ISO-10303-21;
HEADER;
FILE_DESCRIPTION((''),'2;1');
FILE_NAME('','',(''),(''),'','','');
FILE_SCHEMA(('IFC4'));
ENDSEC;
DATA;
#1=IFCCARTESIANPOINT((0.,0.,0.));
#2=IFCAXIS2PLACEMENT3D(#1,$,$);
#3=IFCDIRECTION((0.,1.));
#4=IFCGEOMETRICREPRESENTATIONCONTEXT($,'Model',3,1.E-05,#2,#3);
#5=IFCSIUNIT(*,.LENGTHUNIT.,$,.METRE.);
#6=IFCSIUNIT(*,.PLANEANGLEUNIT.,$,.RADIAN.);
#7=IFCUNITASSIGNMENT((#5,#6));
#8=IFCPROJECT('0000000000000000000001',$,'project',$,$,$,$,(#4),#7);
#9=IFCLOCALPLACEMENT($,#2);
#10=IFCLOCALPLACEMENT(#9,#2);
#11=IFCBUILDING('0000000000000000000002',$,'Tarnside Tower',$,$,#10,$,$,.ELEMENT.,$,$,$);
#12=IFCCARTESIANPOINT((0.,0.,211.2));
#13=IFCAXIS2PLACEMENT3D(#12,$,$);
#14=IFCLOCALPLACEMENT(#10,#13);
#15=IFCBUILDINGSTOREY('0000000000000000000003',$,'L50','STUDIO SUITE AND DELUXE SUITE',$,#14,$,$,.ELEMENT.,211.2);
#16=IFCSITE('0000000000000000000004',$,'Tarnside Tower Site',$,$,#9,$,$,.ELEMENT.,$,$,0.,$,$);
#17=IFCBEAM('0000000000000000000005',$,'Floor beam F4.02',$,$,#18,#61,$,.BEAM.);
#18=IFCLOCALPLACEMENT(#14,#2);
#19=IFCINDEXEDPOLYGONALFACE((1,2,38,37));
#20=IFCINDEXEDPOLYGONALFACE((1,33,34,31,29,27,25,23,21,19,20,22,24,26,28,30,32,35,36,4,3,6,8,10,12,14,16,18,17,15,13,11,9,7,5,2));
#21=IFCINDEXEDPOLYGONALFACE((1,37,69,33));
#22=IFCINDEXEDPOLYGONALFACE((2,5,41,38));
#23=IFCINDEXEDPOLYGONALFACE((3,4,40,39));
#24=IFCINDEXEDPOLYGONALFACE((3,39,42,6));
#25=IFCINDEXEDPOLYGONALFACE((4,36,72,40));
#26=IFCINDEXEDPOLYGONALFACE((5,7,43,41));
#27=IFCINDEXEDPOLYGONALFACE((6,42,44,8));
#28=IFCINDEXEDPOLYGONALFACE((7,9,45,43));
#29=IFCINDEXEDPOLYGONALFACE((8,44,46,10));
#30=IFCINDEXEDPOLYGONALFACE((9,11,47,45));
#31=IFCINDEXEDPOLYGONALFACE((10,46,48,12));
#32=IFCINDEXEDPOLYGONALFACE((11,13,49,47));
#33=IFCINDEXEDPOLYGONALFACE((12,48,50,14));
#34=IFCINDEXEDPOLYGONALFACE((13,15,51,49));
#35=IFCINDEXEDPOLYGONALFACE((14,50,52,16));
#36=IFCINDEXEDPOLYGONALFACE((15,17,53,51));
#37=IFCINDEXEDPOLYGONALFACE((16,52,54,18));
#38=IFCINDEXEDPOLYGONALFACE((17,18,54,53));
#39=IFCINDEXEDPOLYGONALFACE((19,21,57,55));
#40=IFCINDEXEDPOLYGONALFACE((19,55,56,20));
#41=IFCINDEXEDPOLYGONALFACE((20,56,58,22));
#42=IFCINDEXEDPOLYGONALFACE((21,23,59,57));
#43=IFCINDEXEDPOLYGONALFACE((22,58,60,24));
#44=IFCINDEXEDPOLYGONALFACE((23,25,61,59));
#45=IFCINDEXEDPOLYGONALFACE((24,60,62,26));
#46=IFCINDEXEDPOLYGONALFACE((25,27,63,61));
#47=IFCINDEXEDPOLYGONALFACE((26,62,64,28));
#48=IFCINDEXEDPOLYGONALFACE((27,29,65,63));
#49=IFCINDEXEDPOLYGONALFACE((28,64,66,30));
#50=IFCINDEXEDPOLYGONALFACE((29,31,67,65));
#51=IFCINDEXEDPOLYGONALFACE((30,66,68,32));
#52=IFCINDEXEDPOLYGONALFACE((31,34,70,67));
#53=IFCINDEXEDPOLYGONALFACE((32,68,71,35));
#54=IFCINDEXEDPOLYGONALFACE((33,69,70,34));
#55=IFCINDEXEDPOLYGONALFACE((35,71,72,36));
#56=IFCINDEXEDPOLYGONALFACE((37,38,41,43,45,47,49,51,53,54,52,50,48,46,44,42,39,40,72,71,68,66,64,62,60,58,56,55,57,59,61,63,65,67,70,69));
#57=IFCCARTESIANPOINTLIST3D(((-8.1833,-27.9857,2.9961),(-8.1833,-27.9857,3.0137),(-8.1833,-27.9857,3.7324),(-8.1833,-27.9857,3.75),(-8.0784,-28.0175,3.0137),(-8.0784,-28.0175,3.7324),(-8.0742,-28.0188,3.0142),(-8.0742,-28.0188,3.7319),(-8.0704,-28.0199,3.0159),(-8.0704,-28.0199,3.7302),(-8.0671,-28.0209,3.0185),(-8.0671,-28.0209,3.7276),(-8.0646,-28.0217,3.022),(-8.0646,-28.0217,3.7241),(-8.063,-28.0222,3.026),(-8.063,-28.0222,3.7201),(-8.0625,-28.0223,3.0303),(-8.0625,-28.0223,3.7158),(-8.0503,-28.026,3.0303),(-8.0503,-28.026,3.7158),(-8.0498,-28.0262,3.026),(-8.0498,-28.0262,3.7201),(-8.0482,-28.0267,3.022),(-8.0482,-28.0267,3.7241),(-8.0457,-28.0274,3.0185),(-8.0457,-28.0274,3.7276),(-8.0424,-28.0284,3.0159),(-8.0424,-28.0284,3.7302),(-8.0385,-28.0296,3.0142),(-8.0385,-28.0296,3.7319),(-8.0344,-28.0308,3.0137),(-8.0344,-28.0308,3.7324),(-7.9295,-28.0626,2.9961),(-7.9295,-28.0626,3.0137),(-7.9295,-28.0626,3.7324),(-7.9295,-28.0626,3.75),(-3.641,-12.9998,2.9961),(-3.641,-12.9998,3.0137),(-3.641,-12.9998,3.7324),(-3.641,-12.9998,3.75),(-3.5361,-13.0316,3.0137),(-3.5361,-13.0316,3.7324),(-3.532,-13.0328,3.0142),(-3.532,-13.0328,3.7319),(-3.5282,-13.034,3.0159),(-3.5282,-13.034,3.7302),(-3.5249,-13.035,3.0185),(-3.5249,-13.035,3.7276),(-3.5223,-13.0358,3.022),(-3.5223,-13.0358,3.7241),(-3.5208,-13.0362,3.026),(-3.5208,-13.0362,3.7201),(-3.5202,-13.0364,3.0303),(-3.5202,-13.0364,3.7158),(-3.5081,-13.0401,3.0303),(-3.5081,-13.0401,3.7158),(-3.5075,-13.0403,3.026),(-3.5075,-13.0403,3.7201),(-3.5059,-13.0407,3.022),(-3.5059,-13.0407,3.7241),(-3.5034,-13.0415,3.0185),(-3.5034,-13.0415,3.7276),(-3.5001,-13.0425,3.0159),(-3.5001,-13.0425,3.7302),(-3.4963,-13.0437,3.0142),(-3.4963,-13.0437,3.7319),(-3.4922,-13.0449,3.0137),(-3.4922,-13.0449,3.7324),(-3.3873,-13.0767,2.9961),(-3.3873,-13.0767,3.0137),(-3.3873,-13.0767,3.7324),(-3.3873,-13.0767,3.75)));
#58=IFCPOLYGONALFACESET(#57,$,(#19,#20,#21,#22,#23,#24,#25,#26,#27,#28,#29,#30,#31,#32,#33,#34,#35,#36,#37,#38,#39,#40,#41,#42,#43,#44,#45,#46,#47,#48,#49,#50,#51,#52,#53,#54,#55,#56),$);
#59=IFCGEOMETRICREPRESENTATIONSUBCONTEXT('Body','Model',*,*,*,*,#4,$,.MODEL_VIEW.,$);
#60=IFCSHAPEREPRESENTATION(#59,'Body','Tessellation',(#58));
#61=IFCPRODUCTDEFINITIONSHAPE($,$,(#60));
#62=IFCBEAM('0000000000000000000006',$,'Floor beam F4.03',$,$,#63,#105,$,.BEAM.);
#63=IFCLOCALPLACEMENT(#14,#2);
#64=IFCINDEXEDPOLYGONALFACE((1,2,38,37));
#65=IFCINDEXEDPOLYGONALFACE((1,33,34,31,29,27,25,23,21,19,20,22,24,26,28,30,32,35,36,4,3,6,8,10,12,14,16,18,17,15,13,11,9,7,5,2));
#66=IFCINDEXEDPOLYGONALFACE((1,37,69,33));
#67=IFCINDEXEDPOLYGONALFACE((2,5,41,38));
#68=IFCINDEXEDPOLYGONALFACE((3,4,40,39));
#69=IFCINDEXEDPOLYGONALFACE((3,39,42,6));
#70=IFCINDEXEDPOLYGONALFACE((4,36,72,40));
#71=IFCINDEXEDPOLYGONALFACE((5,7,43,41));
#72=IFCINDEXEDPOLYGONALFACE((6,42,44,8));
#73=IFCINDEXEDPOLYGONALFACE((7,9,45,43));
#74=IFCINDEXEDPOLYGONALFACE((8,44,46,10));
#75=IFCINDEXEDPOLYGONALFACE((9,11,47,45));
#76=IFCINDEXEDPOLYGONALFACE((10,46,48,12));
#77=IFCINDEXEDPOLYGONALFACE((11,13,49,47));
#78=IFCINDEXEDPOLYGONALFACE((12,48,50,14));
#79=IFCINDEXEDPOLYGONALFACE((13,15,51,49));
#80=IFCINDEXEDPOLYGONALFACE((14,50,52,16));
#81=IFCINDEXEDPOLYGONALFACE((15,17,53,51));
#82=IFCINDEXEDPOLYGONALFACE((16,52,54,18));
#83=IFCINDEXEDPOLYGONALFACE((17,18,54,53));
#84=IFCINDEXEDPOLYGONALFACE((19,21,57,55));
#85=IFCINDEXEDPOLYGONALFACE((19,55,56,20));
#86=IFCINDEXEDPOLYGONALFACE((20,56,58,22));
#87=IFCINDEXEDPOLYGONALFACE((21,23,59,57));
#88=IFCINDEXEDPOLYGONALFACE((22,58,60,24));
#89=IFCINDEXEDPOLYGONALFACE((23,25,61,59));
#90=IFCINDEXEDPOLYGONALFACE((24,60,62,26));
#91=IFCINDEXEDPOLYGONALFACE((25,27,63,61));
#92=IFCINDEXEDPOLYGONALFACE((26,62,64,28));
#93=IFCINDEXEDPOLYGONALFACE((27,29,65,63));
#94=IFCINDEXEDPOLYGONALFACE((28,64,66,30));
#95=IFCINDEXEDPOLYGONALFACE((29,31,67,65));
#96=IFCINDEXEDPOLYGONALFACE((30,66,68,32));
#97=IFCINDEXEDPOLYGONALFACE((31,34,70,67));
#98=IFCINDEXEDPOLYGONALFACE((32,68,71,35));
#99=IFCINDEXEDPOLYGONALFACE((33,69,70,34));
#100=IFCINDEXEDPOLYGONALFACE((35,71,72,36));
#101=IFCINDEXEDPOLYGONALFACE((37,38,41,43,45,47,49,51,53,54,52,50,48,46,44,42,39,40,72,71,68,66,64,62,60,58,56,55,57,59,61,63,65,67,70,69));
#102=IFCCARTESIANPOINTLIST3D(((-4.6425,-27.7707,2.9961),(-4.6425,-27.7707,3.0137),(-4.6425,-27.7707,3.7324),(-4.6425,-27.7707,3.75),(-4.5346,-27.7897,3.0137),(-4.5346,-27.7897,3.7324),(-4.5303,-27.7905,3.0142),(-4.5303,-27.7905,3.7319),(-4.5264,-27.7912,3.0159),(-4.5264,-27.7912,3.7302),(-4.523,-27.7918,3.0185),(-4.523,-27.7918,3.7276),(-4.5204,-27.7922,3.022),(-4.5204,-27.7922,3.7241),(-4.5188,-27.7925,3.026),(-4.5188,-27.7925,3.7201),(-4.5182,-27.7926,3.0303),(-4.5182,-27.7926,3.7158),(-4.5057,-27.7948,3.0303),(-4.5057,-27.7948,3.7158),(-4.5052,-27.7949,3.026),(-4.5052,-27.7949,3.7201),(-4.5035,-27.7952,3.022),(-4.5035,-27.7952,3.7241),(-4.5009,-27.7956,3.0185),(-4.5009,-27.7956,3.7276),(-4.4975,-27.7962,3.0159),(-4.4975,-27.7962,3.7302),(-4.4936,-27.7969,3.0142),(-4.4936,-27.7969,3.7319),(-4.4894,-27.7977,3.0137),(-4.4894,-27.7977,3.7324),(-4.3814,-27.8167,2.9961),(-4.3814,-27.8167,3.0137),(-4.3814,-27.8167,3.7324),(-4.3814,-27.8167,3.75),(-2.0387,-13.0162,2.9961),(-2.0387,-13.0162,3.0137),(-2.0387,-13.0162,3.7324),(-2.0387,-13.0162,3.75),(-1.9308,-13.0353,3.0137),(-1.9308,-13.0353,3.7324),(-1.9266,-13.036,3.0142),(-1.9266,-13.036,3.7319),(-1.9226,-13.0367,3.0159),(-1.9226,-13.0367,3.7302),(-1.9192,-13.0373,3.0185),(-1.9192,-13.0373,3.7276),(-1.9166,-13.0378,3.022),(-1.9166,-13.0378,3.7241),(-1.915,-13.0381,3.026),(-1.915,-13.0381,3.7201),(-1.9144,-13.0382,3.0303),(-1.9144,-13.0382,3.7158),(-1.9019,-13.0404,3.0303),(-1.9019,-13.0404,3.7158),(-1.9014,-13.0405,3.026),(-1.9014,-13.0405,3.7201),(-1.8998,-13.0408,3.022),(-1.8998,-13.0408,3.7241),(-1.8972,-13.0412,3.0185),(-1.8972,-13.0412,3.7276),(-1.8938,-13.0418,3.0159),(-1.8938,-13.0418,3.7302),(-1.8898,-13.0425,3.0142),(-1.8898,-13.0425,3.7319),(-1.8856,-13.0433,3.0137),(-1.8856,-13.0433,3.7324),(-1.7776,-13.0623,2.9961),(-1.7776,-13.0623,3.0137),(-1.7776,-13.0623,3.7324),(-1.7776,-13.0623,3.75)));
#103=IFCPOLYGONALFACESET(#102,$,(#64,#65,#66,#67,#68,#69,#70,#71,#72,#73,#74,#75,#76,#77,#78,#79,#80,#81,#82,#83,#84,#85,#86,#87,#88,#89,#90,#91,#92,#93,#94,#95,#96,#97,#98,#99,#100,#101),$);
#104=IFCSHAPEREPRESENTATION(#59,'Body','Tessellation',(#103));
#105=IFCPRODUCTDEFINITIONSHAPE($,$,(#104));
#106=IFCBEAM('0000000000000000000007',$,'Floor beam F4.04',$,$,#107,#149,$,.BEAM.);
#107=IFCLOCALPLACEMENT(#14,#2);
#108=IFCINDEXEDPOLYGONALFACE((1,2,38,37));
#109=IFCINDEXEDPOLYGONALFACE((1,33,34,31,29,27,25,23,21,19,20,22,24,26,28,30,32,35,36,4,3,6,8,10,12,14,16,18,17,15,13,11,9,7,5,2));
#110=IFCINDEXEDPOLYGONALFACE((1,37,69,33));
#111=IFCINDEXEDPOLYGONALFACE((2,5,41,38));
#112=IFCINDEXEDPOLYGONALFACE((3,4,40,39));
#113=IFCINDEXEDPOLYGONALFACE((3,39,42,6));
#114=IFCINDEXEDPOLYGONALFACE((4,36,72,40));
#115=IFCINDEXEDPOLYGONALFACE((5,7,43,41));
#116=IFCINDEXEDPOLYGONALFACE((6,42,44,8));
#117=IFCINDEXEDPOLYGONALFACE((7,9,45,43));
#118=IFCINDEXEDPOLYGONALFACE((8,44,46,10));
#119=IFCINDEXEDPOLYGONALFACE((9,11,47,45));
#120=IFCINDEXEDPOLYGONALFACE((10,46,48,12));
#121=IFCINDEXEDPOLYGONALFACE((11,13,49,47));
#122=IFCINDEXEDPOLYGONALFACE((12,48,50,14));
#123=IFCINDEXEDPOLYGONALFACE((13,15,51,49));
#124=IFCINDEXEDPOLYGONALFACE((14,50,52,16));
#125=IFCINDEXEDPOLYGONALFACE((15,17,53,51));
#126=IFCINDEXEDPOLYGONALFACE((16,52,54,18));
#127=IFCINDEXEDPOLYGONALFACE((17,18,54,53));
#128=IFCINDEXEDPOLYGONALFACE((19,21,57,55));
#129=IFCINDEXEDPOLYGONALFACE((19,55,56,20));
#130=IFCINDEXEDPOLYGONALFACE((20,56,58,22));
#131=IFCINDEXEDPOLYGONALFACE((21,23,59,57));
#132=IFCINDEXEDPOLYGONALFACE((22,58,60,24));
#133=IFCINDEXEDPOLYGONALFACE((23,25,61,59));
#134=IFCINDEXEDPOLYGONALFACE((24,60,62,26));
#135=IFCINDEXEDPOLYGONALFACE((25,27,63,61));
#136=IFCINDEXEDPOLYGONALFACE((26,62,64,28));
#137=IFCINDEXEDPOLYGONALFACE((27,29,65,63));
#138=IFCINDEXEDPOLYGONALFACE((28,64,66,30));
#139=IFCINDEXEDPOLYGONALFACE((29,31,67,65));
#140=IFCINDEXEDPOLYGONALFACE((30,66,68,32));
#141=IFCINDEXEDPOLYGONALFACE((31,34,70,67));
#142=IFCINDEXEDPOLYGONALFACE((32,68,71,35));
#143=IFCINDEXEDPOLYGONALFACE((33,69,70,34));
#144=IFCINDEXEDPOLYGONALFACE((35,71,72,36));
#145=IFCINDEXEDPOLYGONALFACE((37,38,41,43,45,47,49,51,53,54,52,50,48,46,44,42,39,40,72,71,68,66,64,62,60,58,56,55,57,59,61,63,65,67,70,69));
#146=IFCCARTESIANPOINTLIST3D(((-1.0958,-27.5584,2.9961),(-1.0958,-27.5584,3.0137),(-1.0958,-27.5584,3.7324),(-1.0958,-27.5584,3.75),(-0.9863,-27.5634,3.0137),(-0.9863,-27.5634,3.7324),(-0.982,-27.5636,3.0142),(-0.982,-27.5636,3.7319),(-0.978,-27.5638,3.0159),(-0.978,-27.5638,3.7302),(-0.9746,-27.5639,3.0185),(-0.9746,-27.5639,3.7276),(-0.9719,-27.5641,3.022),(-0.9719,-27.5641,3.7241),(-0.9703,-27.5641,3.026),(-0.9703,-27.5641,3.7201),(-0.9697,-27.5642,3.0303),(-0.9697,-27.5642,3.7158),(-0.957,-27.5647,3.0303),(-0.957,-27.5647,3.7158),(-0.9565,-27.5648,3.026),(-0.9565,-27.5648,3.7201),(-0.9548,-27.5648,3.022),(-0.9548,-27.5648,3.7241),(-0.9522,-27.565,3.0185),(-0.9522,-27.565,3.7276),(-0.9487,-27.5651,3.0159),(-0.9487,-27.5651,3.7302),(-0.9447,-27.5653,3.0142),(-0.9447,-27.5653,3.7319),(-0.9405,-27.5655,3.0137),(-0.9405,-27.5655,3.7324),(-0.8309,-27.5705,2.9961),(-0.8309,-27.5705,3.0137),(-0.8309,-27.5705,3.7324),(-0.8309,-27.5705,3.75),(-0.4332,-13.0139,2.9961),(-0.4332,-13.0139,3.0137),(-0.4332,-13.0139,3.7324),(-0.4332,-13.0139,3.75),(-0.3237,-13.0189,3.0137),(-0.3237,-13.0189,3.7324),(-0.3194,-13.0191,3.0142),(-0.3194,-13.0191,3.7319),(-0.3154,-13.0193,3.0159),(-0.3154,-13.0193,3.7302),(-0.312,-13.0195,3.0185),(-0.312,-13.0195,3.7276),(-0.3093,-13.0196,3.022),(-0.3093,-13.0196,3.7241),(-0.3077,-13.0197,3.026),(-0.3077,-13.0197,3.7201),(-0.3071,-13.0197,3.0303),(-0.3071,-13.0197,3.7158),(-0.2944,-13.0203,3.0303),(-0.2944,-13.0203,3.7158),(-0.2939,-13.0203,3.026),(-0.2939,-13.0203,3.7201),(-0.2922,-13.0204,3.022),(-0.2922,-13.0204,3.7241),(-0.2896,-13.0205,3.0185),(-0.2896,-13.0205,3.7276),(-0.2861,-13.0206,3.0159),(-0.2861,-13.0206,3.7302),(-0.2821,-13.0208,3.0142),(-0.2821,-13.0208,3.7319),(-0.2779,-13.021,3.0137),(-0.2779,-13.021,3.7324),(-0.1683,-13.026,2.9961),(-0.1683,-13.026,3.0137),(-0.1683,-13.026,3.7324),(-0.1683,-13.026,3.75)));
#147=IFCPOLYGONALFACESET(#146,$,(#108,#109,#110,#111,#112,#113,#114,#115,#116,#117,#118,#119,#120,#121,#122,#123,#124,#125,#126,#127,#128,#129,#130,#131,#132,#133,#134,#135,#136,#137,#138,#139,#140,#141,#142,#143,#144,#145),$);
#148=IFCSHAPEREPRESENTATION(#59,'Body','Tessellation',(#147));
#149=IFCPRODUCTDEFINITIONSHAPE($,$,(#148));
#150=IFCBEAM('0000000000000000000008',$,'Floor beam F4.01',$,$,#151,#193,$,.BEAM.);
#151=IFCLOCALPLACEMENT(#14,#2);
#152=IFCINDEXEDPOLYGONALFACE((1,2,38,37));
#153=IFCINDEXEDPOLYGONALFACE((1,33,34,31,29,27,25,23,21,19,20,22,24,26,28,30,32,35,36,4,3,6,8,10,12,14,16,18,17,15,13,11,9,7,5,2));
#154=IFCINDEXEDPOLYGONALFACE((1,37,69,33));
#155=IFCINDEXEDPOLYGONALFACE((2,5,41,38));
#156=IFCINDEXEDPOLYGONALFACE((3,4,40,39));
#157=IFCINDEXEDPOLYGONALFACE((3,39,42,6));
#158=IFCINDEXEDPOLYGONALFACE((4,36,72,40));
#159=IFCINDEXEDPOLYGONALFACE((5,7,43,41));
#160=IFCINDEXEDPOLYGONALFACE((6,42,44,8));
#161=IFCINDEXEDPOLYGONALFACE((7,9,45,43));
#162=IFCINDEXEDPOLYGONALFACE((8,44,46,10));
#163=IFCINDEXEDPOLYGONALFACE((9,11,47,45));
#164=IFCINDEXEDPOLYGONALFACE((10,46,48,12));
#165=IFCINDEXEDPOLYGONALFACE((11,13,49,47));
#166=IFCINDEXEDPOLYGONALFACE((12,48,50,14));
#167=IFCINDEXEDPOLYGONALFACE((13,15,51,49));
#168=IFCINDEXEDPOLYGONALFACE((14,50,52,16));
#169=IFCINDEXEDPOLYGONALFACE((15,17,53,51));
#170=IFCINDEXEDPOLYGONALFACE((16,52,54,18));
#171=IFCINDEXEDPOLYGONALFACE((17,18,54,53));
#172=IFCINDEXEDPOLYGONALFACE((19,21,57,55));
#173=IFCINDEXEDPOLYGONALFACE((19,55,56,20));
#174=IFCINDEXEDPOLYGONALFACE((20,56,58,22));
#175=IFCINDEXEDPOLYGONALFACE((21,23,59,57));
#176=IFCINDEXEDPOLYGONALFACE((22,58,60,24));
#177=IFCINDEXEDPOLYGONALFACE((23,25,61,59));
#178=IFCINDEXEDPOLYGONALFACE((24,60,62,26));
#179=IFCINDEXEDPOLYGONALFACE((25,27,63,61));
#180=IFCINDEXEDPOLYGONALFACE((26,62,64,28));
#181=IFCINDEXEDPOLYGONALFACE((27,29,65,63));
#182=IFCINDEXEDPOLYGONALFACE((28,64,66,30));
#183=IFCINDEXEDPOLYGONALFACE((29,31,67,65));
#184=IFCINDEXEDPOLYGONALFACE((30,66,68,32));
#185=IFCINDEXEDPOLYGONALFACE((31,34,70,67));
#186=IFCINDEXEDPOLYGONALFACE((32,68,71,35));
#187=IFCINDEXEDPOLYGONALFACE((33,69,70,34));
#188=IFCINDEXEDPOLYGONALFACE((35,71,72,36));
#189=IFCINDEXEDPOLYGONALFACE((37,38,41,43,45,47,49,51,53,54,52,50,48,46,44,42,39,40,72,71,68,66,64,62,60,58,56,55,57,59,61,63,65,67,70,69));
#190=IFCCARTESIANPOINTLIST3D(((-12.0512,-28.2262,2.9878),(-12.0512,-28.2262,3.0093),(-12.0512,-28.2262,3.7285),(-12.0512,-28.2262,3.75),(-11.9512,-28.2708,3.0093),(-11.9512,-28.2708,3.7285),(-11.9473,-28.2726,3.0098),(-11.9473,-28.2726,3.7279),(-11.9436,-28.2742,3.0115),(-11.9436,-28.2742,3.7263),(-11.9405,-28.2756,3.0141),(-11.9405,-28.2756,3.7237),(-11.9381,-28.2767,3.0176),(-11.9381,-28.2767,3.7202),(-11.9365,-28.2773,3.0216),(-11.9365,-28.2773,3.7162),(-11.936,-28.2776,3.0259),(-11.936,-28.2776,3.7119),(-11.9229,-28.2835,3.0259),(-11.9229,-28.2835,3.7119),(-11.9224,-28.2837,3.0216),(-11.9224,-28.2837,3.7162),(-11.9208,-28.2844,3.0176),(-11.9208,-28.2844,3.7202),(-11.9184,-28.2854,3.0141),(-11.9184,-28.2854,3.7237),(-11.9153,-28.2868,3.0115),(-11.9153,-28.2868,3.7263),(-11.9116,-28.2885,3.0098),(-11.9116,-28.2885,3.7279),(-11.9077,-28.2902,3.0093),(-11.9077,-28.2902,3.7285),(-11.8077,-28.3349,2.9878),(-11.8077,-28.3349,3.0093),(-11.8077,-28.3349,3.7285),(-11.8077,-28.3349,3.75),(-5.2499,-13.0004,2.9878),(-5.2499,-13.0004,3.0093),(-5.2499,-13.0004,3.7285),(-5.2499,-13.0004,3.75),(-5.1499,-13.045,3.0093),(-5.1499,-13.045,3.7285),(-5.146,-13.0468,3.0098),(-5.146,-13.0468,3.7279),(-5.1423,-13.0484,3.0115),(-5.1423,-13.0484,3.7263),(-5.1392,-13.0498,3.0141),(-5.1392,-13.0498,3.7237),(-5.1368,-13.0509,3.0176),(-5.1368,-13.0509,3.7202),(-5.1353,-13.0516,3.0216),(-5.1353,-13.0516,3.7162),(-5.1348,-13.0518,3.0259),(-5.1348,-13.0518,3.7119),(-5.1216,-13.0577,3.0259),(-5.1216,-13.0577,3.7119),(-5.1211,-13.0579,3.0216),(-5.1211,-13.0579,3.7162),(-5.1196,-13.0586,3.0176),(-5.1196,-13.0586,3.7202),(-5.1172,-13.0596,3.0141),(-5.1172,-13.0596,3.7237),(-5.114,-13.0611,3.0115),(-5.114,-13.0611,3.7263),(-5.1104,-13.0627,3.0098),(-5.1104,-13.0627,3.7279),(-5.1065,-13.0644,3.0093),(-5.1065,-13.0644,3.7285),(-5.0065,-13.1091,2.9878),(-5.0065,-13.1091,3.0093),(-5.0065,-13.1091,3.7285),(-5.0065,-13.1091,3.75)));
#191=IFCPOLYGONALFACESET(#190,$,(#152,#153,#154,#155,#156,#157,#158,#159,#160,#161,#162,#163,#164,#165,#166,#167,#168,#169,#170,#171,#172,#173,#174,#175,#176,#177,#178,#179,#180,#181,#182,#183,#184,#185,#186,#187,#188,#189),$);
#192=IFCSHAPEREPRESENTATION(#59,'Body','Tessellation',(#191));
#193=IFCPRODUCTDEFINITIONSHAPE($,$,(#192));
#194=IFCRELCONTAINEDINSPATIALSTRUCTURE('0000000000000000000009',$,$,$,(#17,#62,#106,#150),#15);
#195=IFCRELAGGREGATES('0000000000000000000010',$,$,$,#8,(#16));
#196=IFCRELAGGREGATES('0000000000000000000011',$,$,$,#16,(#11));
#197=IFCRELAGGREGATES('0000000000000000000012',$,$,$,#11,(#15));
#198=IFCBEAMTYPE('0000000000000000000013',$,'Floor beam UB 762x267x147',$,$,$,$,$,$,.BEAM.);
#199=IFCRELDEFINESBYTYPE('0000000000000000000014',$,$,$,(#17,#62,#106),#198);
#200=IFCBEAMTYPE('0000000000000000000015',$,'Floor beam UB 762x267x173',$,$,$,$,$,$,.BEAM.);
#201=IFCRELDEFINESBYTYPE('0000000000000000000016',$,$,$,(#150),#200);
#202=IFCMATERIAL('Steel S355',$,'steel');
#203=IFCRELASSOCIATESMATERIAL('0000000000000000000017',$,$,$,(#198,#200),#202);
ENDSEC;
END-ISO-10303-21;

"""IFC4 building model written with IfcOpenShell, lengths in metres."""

from ifc_helpers import new_model, si_unit, direction, frame, origin, origin_2d, place, context, subcontext, project, spatial, i_section, extrude, material, material_profile, profile_set, type_object, element, save


model = new_model("IFC4")

# Units and contexts
model_context = context("Model", 3, precision=1e-05, world=origin(), true_north=direction((0.0, 1.0)))
body_context = subcontext(model_context, "Body", "Model", "MODEL_VIEW")
ifc_project = project(units=[si_unit("LENGTHUNIT", "METRE"), si_unit("PLANEANGLEUNIT", "RADIAN")], contexts=[model_context])

# Site, building, storey
site_placement = place(None, origin())
site = spatial("IfcSite", under=ifc_project, at=site_placement, Name="Tarnside Tower Site", CompositionType="ELEMENT", RefElevation=0.0)
building_placement = place(site_placement, origin())
building = spatial("IfcBuilding", under=site, at=building_placement, Name="Tarnside Tower", CompositionType="ELEMENT")
storey_placement = place(building_placement, frame((0.0, 0.0, 211.2)))
storey = spatial("IfcBuildingStorey", under=building, at=storey_placement, Name="L50", Description="STUDIO SUITE AND DELUXE SUITE", CompositionType="ELEMENT", Elevation=211.2)

# Beams
ifc_material_1 = material(Name="Steel S355", Category="steel")
ifc_material_profile_1 = material_profile(ifc_material_1, i_section(OverallWidth=0.2651, OverallDepth=0.7539, WebThickness=0.0127, FlangeThickness=0.0176, FilletRadius=0.0166, at=origin_2d()), Name="UB 762x267x147")
ifc_profile_set_1 = profile_set([ifc_material_profile_1], Name="Steel S355")
beam_type_1 = type_object("IfcBeamType", Name="Floor beam UB 762x267x147", PredefinedType="BEAM", material=ifc_profile_set_1)
beam_1_placement = place(storey_placement, frame((-8.0564, -28.0242, 3.373), z_axis=(0.29007, 0.957005, 0.0), x_axis=(-0.957005, 0.29007, 0.0)))
element("IfcBeam", 1, at=beam_1_placement, inside=storey, type_object=beam_type_1, Name="Floor beam F4.02", PredefinedType="BEAM", context=body_context, shape_type="SweptSolid", body=[
    extrude(i_section(OverallWidth=0.2651, OverallDepth=0.7539, WebThickness=0.0127, FlangeThickness=0.0176, FilletRadius=0.0166, at=origin_2d()), origin(), (0.0, 0.0, 1.0), 15.6592),
])
beam_2_placement = place(storey_placement, frame((-4.512, -27.7937, 3.373), z_axis=(0.173788, 0.984783, 0.0), x_axis=(-0.984783, 0.173788, 0.0)))
element("IfcBeam", 2, at=beam_2_placement, inside=storey, type_object=beam_type_1, Name="Floor beam F4.03", PredefinedType="BEAM", context=body_context, shape_type="SweptSolid", body=[
    extrude(i_section(OverallWidth=0.2651, OverallDepth=0.7539, WebThickness=0.0127, FlangeThickness=0.0176, FilletRadius=0.0166, at=origin_2d()), origin(), (0.0, 0.0, 1.0), 14.9824),
])
beam_3_placement = place(storey_placement, frame((-0.9634, -27.5645, 3.373), z_axis=(0.04551, 0.998964, 0.0), x_axis=(-0.998964, 0.04551, 0.0)))
element("IfcBeam", 3, at=beam_3_placement, inside=storey, type_object=beam_type_1, Name="Floor beam F4.04", PredefinedType="BEAM", context=body_context, shape_type="SweptSolid", body=[
    extrude(i_section(OverallWidth=0.2651, OverallDepth=0.7539, WebThickness=0.0127, FlangeThickness=0.0176, FilletRadius=0.0166, at=origin_2d()), origin(), (0.0, 0.0, 1.0), 14.5596),
])
ifc_material_profile_2 = material_profile(ifc_material_1, i_section(OverallWidth=0.2666, OverallDepth=0.7622, WebThickness=0.0144, FlangeThickness=0.0215, FilletRadius=0.0166, at=origin_2d()), Name="UB 762x267x173")
ifc_profile_set_2 = profile_set([ifc_material_profile_2], Name="Steel S355")
beam_type_2 = type_object("IfcBeamType", Name="Floor beam UB 762x267x173", PredefinedType="BEAM", material=ifc_profile_set_2)
beam_4_placement = place(storey_placement, frame((-11.9294, -28.2805, 3.3689), z_axis=(0.407852, 0.913048, 0.0), x_axis=(-0.913048, 0.407852, 0.0)))
element("IfcBeam", 4, at=beam_4_placement, inside=storey, type_object=beam_type_2, Name="Floor beam F4.01", PredefinedType="BEAM", context=body_context, shape_type="SweptSolid", body=[
    extrude(i_section(OverallWidth=0.2666, OverallDepth=0.7622, WebThickness=0.0144, FlangeThickness=0.0215, FilletRadius=0.0166, at=origin_2d()), origin(), (0.0, 0.0, 1.0), 16.6758),
])

save(model, "model.ifc")
